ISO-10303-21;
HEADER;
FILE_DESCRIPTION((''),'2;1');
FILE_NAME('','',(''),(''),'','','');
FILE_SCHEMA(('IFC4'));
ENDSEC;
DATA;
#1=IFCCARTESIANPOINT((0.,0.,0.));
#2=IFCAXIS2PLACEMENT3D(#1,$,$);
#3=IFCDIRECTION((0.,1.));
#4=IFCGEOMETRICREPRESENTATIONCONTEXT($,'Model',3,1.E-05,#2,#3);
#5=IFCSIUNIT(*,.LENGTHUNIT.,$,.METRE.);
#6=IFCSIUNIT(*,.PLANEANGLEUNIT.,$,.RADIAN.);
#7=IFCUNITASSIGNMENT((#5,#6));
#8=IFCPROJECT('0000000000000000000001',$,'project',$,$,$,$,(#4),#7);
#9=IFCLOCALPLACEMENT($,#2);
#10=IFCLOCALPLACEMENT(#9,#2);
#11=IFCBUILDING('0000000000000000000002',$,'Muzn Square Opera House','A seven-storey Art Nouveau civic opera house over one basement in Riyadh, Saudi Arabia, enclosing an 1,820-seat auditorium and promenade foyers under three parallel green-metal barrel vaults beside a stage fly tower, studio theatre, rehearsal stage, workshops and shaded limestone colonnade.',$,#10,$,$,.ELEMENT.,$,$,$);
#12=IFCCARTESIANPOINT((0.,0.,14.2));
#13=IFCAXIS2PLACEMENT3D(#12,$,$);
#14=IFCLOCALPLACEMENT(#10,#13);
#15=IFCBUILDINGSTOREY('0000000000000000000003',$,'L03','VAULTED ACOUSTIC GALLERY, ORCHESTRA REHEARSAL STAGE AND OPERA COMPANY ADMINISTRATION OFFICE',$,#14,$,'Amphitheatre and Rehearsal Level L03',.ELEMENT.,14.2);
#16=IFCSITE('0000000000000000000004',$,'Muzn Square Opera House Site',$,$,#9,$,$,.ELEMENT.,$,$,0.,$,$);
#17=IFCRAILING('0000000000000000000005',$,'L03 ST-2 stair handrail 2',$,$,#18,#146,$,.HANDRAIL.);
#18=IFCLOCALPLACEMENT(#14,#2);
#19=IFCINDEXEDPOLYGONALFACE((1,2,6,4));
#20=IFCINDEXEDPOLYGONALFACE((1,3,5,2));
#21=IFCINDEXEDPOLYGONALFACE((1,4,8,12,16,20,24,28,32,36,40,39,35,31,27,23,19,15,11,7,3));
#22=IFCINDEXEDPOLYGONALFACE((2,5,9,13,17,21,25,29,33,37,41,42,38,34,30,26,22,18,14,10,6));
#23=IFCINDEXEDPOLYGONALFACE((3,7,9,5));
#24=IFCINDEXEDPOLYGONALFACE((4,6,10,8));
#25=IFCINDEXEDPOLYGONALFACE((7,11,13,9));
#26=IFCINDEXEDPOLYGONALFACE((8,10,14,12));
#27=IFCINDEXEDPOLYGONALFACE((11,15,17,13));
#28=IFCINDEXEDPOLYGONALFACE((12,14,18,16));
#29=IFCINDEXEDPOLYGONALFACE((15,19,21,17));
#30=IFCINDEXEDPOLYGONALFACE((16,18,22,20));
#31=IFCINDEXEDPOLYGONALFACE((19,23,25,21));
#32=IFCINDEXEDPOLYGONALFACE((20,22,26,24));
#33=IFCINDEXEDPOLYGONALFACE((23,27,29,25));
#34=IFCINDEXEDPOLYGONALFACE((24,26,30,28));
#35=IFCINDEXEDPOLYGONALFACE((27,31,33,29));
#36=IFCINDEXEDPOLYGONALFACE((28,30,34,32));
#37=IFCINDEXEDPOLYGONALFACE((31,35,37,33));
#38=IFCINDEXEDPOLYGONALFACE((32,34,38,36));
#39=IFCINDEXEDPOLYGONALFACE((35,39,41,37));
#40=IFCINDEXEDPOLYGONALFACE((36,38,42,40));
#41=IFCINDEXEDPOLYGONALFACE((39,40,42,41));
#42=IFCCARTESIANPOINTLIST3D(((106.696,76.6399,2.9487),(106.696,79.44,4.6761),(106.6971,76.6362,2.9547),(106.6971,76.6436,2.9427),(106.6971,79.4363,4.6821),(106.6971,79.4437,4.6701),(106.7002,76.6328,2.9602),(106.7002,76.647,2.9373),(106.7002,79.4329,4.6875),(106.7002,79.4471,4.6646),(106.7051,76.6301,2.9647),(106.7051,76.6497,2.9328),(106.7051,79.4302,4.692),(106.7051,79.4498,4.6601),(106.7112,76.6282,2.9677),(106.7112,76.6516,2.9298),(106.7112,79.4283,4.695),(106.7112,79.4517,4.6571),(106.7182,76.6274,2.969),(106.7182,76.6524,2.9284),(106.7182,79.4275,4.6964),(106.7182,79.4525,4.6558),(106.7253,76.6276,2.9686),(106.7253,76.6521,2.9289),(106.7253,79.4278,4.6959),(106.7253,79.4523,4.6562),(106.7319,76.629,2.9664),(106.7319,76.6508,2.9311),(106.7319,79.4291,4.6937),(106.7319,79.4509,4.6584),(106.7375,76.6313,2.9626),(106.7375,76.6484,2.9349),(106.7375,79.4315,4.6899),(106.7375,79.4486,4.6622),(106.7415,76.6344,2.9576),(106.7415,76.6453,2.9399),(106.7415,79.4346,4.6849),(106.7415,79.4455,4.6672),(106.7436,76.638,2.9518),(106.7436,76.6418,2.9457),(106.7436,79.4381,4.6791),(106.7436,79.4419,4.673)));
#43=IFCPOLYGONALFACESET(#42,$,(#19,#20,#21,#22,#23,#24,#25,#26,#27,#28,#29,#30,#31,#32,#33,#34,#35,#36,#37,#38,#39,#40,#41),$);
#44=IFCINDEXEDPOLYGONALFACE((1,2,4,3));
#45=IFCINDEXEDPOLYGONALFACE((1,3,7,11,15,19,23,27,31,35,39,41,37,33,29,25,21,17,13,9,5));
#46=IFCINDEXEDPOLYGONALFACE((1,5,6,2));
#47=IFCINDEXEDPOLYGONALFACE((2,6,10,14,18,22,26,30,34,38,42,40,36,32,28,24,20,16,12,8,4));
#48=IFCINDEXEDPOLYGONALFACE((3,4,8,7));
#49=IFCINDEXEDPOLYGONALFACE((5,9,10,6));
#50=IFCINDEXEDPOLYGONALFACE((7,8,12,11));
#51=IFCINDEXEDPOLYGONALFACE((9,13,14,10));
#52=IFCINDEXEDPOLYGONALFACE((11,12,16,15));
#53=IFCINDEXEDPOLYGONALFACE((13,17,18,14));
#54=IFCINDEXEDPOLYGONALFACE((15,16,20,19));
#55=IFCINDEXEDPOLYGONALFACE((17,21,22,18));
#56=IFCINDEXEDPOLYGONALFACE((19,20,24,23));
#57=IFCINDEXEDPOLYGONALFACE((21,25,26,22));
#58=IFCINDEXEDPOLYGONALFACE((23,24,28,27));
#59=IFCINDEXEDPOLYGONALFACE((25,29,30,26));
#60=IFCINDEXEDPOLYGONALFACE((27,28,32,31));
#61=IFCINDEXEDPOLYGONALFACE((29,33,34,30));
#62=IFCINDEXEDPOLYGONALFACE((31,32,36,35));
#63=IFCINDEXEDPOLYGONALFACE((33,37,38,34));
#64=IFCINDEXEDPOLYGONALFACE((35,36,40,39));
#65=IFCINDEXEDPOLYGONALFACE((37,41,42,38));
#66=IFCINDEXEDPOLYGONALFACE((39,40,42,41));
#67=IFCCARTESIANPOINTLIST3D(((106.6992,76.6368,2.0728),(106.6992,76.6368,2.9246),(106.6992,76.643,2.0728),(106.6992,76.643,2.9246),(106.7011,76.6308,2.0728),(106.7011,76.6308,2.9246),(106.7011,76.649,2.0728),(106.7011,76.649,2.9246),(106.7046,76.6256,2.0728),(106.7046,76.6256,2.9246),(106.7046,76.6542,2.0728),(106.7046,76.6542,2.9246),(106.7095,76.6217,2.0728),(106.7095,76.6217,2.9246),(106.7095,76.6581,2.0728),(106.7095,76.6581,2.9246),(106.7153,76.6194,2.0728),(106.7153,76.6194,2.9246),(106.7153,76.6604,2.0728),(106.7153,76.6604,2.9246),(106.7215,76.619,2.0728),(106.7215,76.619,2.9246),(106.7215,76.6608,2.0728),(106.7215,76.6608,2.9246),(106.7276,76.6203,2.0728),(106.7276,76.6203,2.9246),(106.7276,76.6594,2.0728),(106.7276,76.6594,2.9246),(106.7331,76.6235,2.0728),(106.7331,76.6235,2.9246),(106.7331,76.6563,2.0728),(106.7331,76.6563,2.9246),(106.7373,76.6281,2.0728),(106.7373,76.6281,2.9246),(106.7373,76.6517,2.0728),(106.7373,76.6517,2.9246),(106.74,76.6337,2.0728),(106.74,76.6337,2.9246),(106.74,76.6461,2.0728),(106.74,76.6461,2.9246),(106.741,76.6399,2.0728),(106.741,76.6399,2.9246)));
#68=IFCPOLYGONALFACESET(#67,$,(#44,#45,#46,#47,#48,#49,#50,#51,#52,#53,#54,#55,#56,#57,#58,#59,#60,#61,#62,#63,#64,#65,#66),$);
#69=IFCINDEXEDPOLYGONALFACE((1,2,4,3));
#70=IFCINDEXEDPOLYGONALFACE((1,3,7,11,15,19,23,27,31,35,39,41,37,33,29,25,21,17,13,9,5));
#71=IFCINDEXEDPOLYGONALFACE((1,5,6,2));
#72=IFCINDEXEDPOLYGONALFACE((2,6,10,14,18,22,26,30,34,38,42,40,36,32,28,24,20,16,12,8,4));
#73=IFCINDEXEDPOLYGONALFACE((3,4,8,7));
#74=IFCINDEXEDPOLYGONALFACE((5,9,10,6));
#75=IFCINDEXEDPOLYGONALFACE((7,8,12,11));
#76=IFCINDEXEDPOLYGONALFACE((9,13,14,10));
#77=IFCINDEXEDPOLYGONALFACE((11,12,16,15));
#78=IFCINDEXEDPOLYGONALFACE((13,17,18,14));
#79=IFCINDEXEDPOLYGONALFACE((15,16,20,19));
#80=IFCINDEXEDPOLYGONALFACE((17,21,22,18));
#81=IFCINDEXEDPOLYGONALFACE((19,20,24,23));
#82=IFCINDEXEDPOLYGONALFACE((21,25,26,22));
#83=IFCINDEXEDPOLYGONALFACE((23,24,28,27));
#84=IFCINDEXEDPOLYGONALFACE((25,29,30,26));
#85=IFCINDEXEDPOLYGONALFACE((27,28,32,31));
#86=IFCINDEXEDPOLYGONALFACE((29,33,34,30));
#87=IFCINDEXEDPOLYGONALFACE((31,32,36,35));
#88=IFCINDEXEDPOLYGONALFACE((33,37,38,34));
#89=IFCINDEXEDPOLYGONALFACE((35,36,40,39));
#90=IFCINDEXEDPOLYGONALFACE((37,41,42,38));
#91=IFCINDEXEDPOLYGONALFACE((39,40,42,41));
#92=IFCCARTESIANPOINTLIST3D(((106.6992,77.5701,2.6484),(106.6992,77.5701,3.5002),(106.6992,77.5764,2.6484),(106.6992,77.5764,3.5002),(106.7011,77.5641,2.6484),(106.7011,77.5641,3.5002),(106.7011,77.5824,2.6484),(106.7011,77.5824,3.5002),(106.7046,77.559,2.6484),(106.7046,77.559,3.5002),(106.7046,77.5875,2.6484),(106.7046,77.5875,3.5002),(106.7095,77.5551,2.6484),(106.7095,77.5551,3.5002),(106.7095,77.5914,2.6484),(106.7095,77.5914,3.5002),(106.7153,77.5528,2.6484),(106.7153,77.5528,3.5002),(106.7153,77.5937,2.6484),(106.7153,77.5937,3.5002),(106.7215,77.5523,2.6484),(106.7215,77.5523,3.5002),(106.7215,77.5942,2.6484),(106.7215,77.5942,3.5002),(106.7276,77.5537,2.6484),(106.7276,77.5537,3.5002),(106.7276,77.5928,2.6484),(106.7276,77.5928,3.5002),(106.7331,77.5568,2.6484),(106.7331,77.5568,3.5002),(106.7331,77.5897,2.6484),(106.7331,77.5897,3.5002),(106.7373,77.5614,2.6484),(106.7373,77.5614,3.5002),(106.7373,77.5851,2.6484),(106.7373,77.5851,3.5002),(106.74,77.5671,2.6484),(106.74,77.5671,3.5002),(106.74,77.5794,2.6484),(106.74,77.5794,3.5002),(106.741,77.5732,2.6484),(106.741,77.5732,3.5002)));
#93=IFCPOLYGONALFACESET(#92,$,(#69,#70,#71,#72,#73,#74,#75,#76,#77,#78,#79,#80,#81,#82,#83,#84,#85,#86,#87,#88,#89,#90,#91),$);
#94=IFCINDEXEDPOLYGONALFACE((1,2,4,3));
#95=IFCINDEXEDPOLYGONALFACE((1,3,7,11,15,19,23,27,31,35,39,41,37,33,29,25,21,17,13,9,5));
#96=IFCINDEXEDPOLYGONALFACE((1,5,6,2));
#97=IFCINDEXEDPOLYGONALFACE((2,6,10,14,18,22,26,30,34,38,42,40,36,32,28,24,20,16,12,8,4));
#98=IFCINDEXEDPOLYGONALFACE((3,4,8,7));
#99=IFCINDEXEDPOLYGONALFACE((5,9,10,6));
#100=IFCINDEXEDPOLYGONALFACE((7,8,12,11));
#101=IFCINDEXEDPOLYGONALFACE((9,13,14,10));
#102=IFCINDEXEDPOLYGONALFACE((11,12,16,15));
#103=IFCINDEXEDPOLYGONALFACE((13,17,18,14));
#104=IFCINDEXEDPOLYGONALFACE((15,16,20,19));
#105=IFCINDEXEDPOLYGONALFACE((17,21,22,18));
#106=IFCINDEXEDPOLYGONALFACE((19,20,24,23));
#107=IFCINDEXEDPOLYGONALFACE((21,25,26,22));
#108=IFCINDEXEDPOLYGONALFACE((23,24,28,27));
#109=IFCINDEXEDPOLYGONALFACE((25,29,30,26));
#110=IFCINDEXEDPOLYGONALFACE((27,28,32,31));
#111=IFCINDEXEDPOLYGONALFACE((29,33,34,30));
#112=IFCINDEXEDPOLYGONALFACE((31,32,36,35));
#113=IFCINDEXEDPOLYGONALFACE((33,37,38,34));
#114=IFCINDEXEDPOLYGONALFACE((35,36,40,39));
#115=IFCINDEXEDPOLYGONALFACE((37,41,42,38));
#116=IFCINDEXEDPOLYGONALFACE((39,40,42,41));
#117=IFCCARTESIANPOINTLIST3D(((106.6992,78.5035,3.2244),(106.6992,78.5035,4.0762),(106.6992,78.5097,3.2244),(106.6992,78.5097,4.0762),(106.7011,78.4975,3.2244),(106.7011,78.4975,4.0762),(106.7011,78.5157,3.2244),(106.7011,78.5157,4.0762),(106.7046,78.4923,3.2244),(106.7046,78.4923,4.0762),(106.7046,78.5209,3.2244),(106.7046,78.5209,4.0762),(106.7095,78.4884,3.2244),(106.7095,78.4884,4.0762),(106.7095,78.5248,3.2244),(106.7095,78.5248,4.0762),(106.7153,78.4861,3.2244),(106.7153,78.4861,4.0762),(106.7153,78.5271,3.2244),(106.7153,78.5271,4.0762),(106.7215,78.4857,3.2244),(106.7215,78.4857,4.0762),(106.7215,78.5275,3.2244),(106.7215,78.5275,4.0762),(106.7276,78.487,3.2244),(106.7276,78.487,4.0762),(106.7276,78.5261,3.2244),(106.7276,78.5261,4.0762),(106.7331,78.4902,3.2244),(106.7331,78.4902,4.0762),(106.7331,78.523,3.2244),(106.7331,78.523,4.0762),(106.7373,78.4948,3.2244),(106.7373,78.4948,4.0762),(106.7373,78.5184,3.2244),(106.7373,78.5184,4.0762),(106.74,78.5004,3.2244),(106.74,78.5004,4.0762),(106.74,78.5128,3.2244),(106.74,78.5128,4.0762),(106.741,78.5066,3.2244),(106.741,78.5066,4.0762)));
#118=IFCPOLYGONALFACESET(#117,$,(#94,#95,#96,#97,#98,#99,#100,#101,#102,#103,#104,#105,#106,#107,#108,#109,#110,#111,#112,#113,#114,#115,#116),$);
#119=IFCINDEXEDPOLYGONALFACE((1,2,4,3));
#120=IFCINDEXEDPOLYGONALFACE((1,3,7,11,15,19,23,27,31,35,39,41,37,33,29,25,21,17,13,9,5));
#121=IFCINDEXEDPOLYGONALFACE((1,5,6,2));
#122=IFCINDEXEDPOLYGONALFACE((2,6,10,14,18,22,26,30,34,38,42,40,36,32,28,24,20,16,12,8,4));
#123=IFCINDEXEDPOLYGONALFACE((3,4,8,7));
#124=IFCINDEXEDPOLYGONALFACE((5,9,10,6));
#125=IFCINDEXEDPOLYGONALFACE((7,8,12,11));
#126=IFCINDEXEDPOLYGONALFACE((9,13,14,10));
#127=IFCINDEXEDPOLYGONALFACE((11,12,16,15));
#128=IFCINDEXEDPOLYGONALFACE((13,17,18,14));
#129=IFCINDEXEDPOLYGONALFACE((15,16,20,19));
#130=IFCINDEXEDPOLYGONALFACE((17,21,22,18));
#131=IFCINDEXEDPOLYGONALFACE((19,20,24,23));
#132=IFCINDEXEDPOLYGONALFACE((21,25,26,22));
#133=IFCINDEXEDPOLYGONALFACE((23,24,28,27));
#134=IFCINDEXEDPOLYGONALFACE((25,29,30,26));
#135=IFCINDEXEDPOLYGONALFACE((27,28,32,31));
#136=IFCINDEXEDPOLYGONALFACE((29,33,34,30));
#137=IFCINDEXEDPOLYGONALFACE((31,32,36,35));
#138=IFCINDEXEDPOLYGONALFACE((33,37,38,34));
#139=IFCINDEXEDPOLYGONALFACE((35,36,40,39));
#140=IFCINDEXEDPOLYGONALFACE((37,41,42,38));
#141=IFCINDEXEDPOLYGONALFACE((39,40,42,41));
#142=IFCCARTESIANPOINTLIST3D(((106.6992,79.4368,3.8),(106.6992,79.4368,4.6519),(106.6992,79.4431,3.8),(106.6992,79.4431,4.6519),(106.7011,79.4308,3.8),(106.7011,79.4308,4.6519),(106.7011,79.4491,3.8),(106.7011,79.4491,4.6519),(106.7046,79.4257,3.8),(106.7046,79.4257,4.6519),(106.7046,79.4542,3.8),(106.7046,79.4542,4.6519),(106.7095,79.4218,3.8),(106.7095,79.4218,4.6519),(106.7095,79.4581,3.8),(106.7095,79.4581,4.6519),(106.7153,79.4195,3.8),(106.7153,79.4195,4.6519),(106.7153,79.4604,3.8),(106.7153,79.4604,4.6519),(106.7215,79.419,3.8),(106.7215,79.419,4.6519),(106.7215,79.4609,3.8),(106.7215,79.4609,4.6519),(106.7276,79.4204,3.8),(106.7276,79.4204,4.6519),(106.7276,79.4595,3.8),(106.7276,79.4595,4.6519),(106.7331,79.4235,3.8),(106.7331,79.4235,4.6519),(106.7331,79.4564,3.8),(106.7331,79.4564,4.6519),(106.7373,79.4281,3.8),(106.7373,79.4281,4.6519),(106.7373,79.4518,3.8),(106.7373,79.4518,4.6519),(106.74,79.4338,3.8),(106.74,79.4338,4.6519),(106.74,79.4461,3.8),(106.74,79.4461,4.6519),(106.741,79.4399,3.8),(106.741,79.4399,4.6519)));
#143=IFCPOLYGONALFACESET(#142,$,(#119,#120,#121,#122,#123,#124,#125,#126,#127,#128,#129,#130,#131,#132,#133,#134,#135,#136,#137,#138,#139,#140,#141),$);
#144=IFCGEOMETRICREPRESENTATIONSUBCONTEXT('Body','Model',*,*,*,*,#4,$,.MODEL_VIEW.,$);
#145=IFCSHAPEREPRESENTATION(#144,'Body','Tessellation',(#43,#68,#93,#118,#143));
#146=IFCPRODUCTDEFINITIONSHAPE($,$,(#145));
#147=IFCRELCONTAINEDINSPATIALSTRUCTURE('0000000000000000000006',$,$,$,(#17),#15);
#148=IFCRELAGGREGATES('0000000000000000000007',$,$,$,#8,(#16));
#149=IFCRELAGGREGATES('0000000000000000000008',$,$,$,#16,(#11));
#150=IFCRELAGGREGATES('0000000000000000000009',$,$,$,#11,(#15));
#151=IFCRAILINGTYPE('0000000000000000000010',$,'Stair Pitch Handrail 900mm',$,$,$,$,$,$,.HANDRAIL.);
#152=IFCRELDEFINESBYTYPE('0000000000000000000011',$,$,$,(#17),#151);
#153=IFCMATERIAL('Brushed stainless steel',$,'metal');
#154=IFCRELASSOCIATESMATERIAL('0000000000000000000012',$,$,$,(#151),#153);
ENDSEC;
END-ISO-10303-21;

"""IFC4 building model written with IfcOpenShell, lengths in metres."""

from ifc_helpers import new_model, si_unit, direction, frame, origin, origin_2d, place, context, subcontext, project, spatial, circle, extrude, material, type_object, element, save


model = new_model("IFC4")

# Units and contexts
model_context = context("Model", 3, precision=1e-05, world=origin(), true_north=direction((0.0, 1.0)))
body_context = subcontext(model_context, "Body", "Model", "MODEL_VIEW")
ifc_project = project(units=[si_unit("LENGTHUNIT", "METRE"), si_unit("PLANEANGLEUNIT", "RADIAN")], contexts=[model_context])

# Site, building, storey
site_placement = place(None, origin())
site = spatial("IfcSite", under=ifc_project, at=site_placement, Name="Muzn Square Opera House Site", CompositionType="ELEMENT", RefElevation=0.0)
building_placement = place(site_placement, origin())
building = spatial("IfcBuilding", under=site, at=building_placement, Name="Muzn Square Opera House", Description="A seven-storey Art Nouveau civic opera house over one basement in Riyadh, Saudi Arabia, enclosing an 1,820-seat auditorium and promenade foyers under three parallel green-metal barrel vaults beside a stage fly tower, studio theatre, rehearsal stage, workshops and shaded limestone colonnade.", CompositionType="ELEMENT")
storey_placement = place(building_placement, frame((0.0, 0.0, 14.2)))
storey = spatial("IfcBuildingStorey", under=building, at=storey_placement, Name="L03", Description="VAULTED ACOUSTIC GALLERY, ORCHESTRA REHEARSAL STAGE AND OPERA COMPANY ADMINISTRATION OFFICE", LongName="Amphitheatre and Rehearsal Level L03", CompositionType="ELEMENT", Elevation=14.2)

# Shared definitions
ifc_material_1 = material(Name="Brushed stainless steel", Category="metal")

# Railing
railing_type_1 = type_object("IfcRailingType", Name="Stair Pitch Handrail 900mm", PredefinedType="HANDRAIL", material=ifc_material_1)
railing_1_placement = place(storey_placement, frame((106.72, 76.6399, 2.0728)))
element("IfcRailing", 1, at=railing_1_placement, inside=storey, type_object=railing_type_1, Name="L03 ST-2 stair handrail 2", PredefinedType="HANDRAIL", context=body_context, shape_type="SweptSolid", body=[
    extrude(circle(Radius=0.0239, at=origin_2d()), frame((0.0, 0.0, 0.876), z_axis=(0.0, 0.85109, 0.52502), x_axis=(-1.0, 0.0, 0.0)), (0.0, 0.0, 1.0), 3.29),
    extrude(circle(Radius=0.021, at=origin_2d()), origin(), (0.0, 0.0, 1.0), 0.8518),
    extrude(circle(Radius=0.021, at=origin_2d()), frame((0.0, 0.9333, 0.5757)), (0.0, 0.0, 1.0), 0.8518),
    extrude(circle(Radius=0.021, at=origin_2d()), frame((0.0, 1.8667, 1.1516)), (0.0, 0.0, 1.0), 0.8518),
    extrude(circle(Radius=0.021, at=origin_2d()), frame((0.0, 2.8, 1.7273)), (0.0, 0.0, 1.0), 0.8518),
])

save(model, "model.ifc")
